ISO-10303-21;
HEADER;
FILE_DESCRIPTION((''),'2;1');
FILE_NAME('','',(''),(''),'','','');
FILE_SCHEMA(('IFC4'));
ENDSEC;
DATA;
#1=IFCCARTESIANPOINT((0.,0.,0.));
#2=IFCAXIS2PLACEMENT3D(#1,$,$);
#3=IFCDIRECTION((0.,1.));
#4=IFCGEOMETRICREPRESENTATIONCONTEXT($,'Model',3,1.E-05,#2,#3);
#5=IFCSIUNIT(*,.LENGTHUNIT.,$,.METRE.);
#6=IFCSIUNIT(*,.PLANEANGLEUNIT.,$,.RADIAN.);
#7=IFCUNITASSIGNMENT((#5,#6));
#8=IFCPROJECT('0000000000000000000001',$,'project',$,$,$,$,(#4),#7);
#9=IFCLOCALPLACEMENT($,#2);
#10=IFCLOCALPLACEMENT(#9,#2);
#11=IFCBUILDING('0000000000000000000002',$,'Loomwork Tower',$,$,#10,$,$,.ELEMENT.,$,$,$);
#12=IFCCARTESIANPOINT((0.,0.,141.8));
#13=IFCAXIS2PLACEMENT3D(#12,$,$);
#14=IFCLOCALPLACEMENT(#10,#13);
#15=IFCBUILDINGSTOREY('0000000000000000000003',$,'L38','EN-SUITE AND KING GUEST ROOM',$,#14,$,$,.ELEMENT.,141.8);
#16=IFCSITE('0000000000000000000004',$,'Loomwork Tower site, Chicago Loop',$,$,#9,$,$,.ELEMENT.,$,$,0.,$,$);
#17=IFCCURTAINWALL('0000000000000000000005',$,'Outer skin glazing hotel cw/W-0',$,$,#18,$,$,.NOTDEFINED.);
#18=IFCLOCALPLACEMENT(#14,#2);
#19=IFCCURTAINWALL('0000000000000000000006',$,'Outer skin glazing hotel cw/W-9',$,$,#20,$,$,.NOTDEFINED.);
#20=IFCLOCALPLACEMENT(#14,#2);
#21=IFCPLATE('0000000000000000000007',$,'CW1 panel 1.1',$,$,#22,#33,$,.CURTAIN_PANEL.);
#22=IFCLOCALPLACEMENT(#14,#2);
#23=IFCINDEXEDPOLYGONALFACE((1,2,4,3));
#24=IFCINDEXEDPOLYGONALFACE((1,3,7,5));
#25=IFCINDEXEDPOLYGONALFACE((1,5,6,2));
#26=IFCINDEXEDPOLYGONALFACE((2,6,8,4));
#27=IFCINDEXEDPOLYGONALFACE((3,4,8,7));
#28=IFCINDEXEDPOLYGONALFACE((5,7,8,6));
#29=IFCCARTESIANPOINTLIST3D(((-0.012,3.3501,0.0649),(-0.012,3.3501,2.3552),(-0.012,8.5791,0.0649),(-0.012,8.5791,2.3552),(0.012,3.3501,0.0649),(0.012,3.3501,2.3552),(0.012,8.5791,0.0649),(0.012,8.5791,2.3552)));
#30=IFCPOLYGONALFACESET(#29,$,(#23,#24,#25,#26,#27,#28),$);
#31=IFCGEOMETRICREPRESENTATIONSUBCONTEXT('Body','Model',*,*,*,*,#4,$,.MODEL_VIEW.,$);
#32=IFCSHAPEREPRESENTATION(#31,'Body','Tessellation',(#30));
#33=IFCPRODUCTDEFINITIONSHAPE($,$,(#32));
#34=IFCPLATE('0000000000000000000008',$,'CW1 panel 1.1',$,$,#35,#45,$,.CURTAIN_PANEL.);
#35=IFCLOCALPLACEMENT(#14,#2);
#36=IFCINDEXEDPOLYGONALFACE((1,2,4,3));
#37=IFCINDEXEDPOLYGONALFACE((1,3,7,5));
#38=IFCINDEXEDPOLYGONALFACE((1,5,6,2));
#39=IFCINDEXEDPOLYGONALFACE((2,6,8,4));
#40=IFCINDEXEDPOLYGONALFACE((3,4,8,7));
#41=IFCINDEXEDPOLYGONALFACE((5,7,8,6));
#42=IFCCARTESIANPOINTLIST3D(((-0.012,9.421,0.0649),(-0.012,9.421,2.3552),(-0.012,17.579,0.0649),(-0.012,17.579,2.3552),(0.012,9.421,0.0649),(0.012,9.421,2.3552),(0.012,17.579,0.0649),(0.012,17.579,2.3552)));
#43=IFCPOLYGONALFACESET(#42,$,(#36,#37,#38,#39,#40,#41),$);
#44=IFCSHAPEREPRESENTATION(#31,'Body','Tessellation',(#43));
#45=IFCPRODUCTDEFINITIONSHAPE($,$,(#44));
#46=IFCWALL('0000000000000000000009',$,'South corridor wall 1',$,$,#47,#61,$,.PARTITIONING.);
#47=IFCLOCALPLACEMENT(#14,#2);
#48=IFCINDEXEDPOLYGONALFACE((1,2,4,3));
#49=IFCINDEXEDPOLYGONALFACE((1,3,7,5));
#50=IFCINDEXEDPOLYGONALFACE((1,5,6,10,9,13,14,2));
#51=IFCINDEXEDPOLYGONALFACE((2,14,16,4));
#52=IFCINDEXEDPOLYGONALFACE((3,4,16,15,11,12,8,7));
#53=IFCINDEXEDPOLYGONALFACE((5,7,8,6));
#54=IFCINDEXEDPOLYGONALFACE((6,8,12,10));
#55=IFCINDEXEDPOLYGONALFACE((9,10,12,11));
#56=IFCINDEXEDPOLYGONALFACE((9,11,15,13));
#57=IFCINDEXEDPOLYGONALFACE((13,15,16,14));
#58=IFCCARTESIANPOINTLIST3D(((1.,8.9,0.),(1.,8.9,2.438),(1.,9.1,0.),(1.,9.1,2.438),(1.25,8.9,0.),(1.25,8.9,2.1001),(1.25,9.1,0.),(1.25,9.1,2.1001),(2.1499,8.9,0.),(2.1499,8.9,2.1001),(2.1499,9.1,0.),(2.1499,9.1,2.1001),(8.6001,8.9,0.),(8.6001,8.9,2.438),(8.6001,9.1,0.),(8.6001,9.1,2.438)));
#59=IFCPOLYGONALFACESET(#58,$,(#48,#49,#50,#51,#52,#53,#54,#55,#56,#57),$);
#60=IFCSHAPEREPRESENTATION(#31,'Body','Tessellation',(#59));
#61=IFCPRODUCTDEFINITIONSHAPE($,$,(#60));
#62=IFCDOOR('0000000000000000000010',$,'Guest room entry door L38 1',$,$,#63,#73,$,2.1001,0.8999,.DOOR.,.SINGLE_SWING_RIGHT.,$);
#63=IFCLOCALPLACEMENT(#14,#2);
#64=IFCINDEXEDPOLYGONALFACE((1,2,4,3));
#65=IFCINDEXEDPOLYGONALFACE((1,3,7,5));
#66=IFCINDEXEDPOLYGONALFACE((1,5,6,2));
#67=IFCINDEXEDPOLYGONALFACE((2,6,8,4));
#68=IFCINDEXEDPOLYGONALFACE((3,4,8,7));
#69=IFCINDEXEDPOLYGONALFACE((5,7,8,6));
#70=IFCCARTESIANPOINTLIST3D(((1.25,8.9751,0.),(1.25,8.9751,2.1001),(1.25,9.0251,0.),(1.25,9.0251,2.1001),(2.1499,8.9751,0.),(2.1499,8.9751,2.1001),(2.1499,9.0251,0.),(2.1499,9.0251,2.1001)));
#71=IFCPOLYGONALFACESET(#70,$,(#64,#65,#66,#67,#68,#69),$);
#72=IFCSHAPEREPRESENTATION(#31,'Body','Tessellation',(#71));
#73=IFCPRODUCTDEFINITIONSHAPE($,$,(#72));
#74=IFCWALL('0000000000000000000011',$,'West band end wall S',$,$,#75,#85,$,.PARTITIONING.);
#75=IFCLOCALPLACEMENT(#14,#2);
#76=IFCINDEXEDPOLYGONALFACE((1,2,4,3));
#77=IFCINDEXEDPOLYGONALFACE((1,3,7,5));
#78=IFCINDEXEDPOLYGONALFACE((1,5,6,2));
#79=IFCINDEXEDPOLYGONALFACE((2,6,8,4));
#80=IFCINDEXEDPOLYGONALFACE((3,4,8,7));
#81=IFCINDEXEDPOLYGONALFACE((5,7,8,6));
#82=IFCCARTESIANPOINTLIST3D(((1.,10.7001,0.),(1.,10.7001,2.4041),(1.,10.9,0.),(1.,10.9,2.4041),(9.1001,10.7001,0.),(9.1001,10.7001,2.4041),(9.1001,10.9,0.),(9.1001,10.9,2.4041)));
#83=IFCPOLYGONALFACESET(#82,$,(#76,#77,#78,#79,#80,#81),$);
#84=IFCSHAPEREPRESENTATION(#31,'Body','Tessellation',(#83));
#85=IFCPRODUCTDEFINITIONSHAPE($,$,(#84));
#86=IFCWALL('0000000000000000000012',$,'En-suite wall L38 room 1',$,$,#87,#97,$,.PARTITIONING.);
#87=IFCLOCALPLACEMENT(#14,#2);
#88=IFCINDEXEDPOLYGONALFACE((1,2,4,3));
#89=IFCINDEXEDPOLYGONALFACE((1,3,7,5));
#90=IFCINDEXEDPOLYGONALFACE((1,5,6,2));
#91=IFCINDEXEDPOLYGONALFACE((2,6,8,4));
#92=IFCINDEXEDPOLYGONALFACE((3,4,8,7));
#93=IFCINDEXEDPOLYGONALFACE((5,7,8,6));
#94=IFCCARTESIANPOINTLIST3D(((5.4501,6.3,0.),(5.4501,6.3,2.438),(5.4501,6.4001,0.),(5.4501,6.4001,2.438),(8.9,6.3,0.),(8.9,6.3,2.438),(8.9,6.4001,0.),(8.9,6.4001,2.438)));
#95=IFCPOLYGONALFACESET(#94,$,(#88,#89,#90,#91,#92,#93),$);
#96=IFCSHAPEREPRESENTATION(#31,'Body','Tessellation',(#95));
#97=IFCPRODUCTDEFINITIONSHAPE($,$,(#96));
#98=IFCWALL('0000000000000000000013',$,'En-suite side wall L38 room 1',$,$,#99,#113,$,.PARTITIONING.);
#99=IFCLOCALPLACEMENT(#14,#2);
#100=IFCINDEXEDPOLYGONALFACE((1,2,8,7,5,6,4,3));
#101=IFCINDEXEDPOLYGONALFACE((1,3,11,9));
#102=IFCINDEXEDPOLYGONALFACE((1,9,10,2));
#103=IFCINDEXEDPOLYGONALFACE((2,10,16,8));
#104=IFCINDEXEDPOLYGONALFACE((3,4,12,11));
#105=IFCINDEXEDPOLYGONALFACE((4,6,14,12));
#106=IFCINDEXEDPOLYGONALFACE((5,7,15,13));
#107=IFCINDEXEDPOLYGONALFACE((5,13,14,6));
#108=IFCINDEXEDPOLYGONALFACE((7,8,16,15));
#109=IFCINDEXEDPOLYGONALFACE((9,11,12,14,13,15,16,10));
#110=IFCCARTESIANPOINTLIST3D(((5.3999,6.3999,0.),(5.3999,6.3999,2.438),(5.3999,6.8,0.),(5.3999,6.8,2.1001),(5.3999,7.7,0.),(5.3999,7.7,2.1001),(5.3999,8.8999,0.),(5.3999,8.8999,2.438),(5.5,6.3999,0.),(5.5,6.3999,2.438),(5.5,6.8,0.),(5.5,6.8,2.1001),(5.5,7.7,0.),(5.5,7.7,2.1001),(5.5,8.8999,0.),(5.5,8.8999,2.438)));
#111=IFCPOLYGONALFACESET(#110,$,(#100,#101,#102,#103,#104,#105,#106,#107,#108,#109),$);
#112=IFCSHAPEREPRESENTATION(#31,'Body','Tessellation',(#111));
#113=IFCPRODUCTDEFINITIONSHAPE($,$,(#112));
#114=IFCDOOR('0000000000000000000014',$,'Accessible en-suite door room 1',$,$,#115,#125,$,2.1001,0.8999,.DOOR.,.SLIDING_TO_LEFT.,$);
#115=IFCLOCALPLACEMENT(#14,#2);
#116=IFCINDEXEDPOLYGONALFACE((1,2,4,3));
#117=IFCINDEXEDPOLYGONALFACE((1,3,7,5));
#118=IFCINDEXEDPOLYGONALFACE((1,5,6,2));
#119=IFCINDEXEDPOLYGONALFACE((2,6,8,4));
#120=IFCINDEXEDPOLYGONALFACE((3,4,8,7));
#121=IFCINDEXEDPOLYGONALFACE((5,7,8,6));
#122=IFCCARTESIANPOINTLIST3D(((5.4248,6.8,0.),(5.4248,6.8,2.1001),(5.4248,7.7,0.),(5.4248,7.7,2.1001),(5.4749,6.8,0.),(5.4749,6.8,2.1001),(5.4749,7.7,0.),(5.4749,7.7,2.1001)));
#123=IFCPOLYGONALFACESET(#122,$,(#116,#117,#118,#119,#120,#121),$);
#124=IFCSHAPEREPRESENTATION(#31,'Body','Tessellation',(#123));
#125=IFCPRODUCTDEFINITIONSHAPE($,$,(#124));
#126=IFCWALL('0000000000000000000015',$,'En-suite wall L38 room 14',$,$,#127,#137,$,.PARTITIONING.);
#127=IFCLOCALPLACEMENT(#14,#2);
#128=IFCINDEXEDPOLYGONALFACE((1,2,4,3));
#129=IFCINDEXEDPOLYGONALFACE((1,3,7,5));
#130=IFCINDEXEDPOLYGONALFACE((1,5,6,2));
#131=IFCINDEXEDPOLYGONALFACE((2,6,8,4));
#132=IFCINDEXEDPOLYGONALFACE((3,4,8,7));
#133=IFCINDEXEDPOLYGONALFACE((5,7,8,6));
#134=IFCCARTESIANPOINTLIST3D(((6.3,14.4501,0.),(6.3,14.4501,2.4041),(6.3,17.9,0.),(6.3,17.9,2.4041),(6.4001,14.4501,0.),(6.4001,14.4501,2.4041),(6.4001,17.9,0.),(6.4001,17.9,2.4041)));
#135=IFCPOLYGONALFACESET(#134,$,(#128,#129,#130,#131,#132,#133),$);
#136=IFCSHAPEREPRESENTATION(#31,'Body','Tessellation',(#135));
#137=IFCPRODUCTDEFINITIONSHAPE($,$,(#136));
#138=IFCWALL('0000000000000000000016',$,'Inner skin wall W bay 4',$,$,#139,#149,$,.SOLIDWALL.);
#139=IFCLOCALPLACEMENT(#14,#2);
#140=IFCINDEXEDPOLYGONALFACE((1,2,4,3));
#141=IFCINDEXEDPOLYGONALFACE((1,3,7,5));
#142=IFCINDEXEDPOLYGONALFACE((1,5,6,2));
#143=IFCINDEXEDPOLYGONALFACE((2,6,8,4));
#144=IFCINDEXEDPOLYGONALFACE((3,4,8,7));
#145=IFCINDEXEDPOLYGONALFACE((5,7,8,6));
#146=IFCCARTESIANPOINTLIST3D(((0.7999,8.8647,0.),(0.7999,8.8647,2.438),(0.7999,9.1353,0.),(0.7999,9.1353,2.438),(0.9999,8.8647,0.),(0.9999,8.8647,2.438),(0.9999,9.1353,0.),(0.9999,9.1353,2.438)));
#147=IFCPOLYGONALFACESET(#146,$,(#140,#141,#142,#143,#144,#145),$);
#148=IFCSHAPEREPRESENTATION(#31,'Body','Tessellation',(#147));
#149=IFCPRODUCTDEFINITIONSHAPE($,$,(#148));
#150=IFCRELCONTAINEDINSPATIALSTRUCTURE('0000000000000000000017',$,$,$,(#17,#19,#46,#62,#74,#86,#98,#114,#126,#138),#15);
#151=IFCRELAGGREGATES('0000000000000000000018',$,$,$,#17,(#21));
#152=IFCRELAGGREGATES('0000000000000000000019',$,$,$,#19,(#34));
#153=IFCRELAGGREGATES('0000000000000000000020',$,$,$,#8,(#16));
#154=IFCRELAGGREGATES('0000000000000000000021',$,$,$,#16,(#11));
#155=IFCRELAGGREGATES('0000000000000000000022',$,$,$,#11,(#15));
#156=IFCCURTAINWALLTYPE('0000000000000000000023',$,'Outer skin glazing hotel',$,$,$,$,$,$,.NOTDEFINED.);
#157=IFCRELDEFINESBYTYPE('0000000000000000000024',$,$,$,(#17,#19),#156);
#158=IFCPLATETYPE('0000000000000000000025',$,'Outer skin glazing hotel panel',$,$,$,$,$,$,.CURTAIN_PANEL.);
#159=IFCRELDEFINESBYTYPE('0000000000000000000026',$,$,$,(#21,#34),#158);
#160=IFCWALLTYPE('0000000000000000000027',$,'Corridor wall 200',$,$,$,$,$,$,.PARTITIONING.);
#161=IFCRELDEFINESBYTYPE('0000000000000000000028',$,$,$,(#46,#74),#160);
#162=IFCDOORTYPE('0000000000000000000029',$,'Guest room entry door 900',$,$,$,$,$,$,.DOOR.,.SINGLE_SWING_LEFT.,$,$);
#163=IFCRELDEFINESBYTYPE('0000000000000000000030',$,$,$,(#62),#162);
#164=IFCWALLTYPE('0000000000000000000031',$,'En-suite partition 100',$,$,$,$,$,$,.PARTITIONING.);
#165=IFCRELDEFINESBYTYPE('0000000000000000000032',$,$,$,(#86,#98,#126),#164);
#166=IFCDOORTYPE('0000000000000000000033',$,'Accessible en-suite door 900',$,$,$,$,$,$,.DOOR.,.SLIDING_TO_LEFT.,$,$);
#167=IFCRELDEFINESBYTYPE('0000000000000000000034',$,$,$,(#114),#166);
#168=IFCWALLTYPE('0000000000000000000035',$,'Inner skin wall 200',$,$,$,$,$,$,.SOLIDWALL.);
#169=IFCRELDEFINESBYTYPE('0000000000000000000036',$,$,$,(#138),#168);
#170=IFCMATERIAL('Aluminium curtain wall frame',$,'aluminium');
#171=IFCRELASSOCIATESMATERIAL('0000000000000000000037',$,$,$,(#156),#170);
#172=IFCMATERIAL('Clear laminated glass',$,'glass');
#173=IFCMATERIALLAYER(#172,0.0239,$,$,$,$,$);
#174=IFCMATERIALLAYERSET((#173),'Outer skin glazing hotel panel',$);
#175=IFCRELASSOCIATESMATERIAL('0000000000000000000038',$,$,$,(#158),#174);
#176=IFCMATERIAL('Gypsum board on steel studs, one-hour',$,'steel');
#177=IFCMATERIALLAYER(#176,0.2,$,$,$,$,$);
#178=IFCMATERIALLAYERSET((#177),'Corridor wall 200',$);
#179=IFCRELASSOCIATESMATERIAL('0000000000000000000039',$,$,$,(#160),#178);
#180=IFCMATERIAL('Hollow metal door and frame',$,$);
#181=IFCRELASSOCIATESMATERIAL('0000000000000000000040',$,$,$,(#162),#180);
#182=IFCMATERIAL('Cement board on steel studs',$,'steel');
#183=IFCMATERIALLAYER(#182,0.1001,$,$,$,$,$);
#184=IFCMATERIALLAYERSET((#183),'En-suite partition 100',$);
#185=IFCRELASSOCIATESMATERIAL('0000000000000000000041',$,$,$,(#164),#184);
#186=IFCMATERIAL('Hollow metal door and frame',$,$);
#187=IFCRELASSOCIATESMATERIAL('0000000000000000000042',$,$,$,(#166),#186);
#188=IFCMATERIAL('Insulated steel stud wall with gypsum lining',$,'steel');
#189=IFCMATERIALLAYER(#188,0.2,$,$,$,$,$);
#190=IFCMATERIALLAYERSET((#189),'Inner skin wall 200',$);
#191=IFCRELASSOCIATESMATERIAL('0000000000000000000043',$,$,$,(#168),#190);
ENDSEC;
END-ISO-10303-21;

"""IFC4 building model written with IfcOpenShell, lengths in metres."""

from ifc_helpers import new_model, si_unit, direction, frame, frame_2d, origin, origin_2d, place, context, subcontext, project, spatial, rectangle, extrude, material, layer, layer_set, type_object, element, fill, aggregate, save


model = new_model("IFC4")

# Units and contexts
model_context = context("Model", 3, precision=1e-05, world=origin(), true_north=direction((0.0, 1.0)))
body_context = subcontext(model_context, "Body", "Model", "MODEL_VIEW")
ifc_project = project(units=[si_unit("LENGTHUNIT", "METRE"), si_unit("PLANEANGLEUNIT", "RADIAN")], contexts=[model_context])

# Site, building, storey
site_placement = place(None, origin())
site = spatial("IfcSite", under=ifc_project, at=site_placement, Name="Loomwork Tower site, Chicago Loop", CompositionType="ELEMENT", RefElevation=0.0)
building_placement = place(site_placement, origin())
building = spatial("IfcBuilding", under=site, at=building_placement, Name="Loomwork Tower", CompositionType="ELEMENT")
storey_placement = place(building_placement, frame((0.0, 0.0, 141.8)))
storey = spatial("IfcBuildingStorey", under=building, at=storey_placement, Name="L38", Description="EN-SUITE AND KING GUEST ROOM", CompositionType="ELEMENT", Elevation=141.8)

# Curtain wall
ifc_material_1 = material(Name="Aluminium curtain wall frame", Category="aluminium")
curtain_wall_type = type_object("IfcCurtainWallType", Name="Outer skin glazing hotel", PredefinedType="NOTDEFINED", material=ifc_material_1)
curtain_wall_1_placement = place(storey_placement, origin())
curtain_wall_1 = element("IfcCurtainWall", 1, at=curtain_wall_1_placement, inside=storey, type_object=curtain_wall_type, Name="Outer skin glazing hotel cw/W-0", PredefinedType="NOTDEFINED")

# Curtain wall
curtain_wall_2_placement = place(storey_placement, origin())
curtain_wall_2 = element("IfcCurtainWall", 2, at=curtain_wall_2_placement, inside=storey, type_object=curtain_wall_type, Name="Outer skin glazing hotel cw/W-9", PredefinedType="NOTDEFINED")

# Plates
ifc_material_2 = material(Name="Clear laminated glass", Category="glass")
ifc_layer_1 = layer(ifc_material_2, 0.0239)
ifc_layer_set_1 = layer_set([ifc_layer_1], Name="Outer skin glazing hotel panel")
plate_type = type_object("IfcPlateType", Name="Outer skin glazing hotel panel", PredefinedType="CURTAIN_PANEL", material=ifc_layer_set_1)
plate_1_placement = place(storey_placement, frame((0.0, 5.9646, 0.0649), z_axis=(0.0, 0.0, 1.0), x_axis=(0.0, -1.0, 0.0)))
plate_1 = element("IfcPlate", 3, at=plate_1_placement, type_object=plate_type, Name="CW1 panel 1.1", PredefinedType="CURTAIN_PANEL", context=body_context, shape_type="SweptSolid", body=[
    extrude(rectangle(XDim=5.229, YDim=0.0239, at=origin_2d()), origin(), (0.0, 0.0, 1.0), 2.2903),
])
aggregate(curtain_wall_1, [plate_1])
plate_2_placement = place(storey_placement, frame((0.0, 13.5, 0.0649), z_axis=(0.0, 0.0, 1.0), x_axis=(0.0, -1.0, 0.0)))
plate_2 = element("IfcPlate", 4, at=plate_2_placement, type_object=plate_type, Name="CW1 panel 1.1", PredefinedType="CURTAIN_PANEL", context=body_context, shape_type="SweptSolid", body=[
    extrude(rectangle(XDim=8.158, YDim=0.0239, at=origin_2d()), origin(), (0.0, 0.0, 1.0), 2.2903),
])
aggregate(curtain_wall_2, [plate_2])

# Wall, opening, door
ifc_material_3 = material(Name="Gypsum board on steel studs, one-hour", Category="steel")
ifc_layer_2 = layer(ifc_material_3, 0.2)
ifc_layer_set_2 = layer_set([ifc_layer_2], Name="Corridor wall 200")
wall_type_1 = type_object("IfcWallType", Name="Corridor wall 200", PredefinedType="PARTITIONING", material=ifc_layer_set_2)
wall_1_placement = place(storey_placement, frame((1.0, 9.0, 0.0), z_axis=(0.0, 0.0, 1.0), x_axis=(1.0, 0.0, 0.0)))
wall_1 = element("IfcWall", 5, at=wall_1_placement, inside=storey, type_object=wall_type_1, Name="South corridor wall 1", PredefinedType="PARTITIONING", context=body_context, shape_type="SweptSolid", body=[
    extrude(rectangle(XDim=7.6001, YDim=0.2, at=frame_2d((3.8, 0.0))), origin(), (0.0, 0.0, 1.0), 2.438),
])
opening_1_placement = place(wall_1_placement, frame((0.25, 0.0, 0.0)))
opening_1 = element("IfcOpeningElement", 6, at=opening_1_placement, cuts=wall_1, PredefinedType="OPENING", context=body_context, shape_type="SweptSolid", body=[
    extrude(rectangle(XDim=0.8999, YDim=2.1001, at=frame_2d((0.45, 1.05))), frame((0.0, 0.1099, 0.0), z_axis=(0.0, -1.0, 0.0), x_axis=(1.0, 0.0, 0.0)), (0.0, 0.0, 1.0), 0.22),
])
ifc_material_4 = material(Name="Hollow metal door and frame")
door_type_1 = type_object("IfcDoorType", Name="Guest room entry door 900", OperationType="SINGLE_SWING_LEFT", PredefinedType="DOOR", material=ifc_material_4)
door_1_placement = place(opening_1_placement, frame((0.8999, 0.0, 0.0), z_axis=(0.0, 0.0, 1.0), x_axis=(-1.0, 0.0, 0.0)))
door_1 = element("IfcDoor", 7, at=door_1_placement, inside=storey, type_object=door_type_1, Name="Guest room entry door L38 1", OperationType="SINGLE_SWING_RIGHT", OverallHeight=2.1001, OverallWidth=0.8999, PredefinedType="DOOR", context=body_context, shape_type="SweptSolid", body=[
    extrude(rectangle(XDim=0.8999, YDim=2.1001, at=frame_2d((0.45, 1.05))), frame((0.0, 0.0249, 0.0), z_axis=(0.0, -1.0, 0.0), x_axis=(1.0, 0.0, 0.0)), (0.0, 0.0, 1.0), 0.05),
])
fill(opening_1, door_1)

# Walls
wall_2_placement = place(storey_placement, frame((1.0, 10.8, 0.0), z_axis=(0.0, 0.0, 1.0), x_axis=(1.0, 0.0, 0.0)))
element("IfcWall", 8, at=wall_2_placement, inside=storey, type_object=wall_type_1, Name="West band end wall S", PredefinedType="PARTITIONING", context=body_context, shape_type="SweptSolid", body=[
    extrude(rectangle(XDim=8.1001, YDim=0.2, at=frame_2d((4.05, 0.0))), origin(), (0.0, 0.0, 1.0), 2.4041),
])
ifc_material_5 = material(Name="Cement board on steel studs", Category="steel")
ifc_layer_3 = layer(ifc_material_5, 0.1001)
ifc_layer_set_3 = layer_set([ifc_layer_3], Name="En-suite partition 100")
wall_type_2 = type_object("IfcWallType", Name="En-suite partition 100", PredefinedType="PARTITIONING", material=ifc_layer_set_3)
wall_3_placement = place(storey_placement, frame((5.45, 6.3501, 0.0), z_axis=(0.0, 0.0, 1.0), x_axis=(1.0, 0.0, 0.0)))
element("IfcWall", 9, at=wall_3_placement, inside=storey, type_object=wall_type_2, Name="En-suite wall L38 room 1", PredefinedType="PARTITIONING", context=body_context, shape_type="SweptSolid", body=[
    extrude(rectangle(XDim=3.45, YDim=0.1001, at=frame_2d((1.7251, 0.0))), origin(), (0.0, 0.0, 1.0), 2.438),
])

# Wall, opening, door
wall_4_placement = place(storey_placement, frame((5.45, 8.8999, 0.0), z_axis=(0.0, 0.0, 1.0), x_axis=(0.0, -1.0, 0.0)))
wall_4 = element("IfcWall", 10, at=wall_4_placement, inside=storey, type_object=wall_type_2, Name="En-suite side wall L38 room 1", PredefinedType="PARTITIONING", context=body_context, shape_type="SweptSolid", body=[
    extrude(rectangle(XDim=2.5, YDim=0.1001, at=frame_2d((1.25, 0.0))), origin(), (0.0, 0.0, 1.0), 2.438),
])
opening_2_placement = place(wall_4_placement, frame((1.2, 0.0, 0.0)))
opening_2 = element("IfcOpeningElement", 11, at=opening_2_placement, cuts=wall_4, PredefinedType="OPENING", context=body_context, shape_type="SweptSolid", body=[
    extrude(rectangle(XDim=0.8999, YDim=2.1001, at=frame_2d((0.45, 1.05))), frame((0.0, 0.0601, 0.0), z_axis=(0.0, -1.0, 0.0), x_axis=(1.0, 0.0, 0.0)), (0.0, 0.0, 1.0), 0.1201),
])
ifc_material_6 = material(Name="Hollow metal door and frame")
door_type_2 = type_object("IfcDoorType", Name="Accessible en-suite door 900", OperationType="SLIDING_TO_LEFT", PredefinedType="DOOR", material=ifc_material_6)
door_2_placement = place(opening_2_placement, origin())
door_2 = element("IfcDoor", 12, at=door_2_placement, inside=storey, type_object=door_type_2, Name="Accessible en-suite door room 1", OperationType="SLIDING_TO_LEFT", OverallHeight=2.1001, OverallWidth=0.8999, PredefinedType="DOOR", context=body_context, shape_type="SweptSolid", body=[
    extrude(rectangle(XDim=0.8999, YDim=2.1001, at=frame_2d((0.45, 1.05))), frame((0.0, 0.0249, 0.0), z_axis=(0.0, -1.0, 0.0), x_axis=(1.0, 0.0, 0.0)), (0.0, 0.0, 1.0), 0.05),
])
fill(opening_2, door_2)

# Walls
wall_5_placement = place(storey_placement, frame((6.3501, 14.45, 0.0), z_axis=(0.0, 0.0, 1.0), x_axis=(0.0, 1.0, 0.0)))
element("IfcWall", 13, at=wall_5_placement, inside=storey, type_object=wall_type_2, Name="En-suite wall L38 room 14", PredefinedType="PARTITIONING", context=body_context, shape_type="SweptSolid", body=[
    extrude(rectangle(XDim=3.45, YDim=0.1001, at=frame_2d((1.7251, 0.0))), origin(), (0.0, 0.0, 1.0), 2.4041),
])
ifc_material_7 = material(Name="Insulated steel stud wall with gypsum lining", Category="steel")
ifc_layer_4 = layer(ifc_material_7, 0.2)
ifc_layer_set_4 = layer_set([ifc_layer_4], Name="Inner skin wall 200")
wall_type_3 = type_object("IfcWallType", Name="Inner skin wall 200", PredefinedType="SOLIDWALL", material=ifc_layer_set_4)
wall_6_placement = place(storey_placement, frame((0.8999, 8.8647, 0.0), z_axis=(0.0, 0.0, 1.0), x_axis=(0.0, 1.0, 0.0)))
element("IfcWall", 14, at=wall_6_placement, inside=storey, type_object=wall_type_3, Name="Inner skin wall W bay 4", PredefinedType="SOLIDWALL", context=body_context, shape_type="SweptSolid", body=[
    extrude(rectangle(XDim=0.2705, YDim=0.2, at=frame_2d((0.1353, 0.0))), origin(), (0.0, 0.0, 1.0), 2.438),
])

save(model, "model.ifc")
